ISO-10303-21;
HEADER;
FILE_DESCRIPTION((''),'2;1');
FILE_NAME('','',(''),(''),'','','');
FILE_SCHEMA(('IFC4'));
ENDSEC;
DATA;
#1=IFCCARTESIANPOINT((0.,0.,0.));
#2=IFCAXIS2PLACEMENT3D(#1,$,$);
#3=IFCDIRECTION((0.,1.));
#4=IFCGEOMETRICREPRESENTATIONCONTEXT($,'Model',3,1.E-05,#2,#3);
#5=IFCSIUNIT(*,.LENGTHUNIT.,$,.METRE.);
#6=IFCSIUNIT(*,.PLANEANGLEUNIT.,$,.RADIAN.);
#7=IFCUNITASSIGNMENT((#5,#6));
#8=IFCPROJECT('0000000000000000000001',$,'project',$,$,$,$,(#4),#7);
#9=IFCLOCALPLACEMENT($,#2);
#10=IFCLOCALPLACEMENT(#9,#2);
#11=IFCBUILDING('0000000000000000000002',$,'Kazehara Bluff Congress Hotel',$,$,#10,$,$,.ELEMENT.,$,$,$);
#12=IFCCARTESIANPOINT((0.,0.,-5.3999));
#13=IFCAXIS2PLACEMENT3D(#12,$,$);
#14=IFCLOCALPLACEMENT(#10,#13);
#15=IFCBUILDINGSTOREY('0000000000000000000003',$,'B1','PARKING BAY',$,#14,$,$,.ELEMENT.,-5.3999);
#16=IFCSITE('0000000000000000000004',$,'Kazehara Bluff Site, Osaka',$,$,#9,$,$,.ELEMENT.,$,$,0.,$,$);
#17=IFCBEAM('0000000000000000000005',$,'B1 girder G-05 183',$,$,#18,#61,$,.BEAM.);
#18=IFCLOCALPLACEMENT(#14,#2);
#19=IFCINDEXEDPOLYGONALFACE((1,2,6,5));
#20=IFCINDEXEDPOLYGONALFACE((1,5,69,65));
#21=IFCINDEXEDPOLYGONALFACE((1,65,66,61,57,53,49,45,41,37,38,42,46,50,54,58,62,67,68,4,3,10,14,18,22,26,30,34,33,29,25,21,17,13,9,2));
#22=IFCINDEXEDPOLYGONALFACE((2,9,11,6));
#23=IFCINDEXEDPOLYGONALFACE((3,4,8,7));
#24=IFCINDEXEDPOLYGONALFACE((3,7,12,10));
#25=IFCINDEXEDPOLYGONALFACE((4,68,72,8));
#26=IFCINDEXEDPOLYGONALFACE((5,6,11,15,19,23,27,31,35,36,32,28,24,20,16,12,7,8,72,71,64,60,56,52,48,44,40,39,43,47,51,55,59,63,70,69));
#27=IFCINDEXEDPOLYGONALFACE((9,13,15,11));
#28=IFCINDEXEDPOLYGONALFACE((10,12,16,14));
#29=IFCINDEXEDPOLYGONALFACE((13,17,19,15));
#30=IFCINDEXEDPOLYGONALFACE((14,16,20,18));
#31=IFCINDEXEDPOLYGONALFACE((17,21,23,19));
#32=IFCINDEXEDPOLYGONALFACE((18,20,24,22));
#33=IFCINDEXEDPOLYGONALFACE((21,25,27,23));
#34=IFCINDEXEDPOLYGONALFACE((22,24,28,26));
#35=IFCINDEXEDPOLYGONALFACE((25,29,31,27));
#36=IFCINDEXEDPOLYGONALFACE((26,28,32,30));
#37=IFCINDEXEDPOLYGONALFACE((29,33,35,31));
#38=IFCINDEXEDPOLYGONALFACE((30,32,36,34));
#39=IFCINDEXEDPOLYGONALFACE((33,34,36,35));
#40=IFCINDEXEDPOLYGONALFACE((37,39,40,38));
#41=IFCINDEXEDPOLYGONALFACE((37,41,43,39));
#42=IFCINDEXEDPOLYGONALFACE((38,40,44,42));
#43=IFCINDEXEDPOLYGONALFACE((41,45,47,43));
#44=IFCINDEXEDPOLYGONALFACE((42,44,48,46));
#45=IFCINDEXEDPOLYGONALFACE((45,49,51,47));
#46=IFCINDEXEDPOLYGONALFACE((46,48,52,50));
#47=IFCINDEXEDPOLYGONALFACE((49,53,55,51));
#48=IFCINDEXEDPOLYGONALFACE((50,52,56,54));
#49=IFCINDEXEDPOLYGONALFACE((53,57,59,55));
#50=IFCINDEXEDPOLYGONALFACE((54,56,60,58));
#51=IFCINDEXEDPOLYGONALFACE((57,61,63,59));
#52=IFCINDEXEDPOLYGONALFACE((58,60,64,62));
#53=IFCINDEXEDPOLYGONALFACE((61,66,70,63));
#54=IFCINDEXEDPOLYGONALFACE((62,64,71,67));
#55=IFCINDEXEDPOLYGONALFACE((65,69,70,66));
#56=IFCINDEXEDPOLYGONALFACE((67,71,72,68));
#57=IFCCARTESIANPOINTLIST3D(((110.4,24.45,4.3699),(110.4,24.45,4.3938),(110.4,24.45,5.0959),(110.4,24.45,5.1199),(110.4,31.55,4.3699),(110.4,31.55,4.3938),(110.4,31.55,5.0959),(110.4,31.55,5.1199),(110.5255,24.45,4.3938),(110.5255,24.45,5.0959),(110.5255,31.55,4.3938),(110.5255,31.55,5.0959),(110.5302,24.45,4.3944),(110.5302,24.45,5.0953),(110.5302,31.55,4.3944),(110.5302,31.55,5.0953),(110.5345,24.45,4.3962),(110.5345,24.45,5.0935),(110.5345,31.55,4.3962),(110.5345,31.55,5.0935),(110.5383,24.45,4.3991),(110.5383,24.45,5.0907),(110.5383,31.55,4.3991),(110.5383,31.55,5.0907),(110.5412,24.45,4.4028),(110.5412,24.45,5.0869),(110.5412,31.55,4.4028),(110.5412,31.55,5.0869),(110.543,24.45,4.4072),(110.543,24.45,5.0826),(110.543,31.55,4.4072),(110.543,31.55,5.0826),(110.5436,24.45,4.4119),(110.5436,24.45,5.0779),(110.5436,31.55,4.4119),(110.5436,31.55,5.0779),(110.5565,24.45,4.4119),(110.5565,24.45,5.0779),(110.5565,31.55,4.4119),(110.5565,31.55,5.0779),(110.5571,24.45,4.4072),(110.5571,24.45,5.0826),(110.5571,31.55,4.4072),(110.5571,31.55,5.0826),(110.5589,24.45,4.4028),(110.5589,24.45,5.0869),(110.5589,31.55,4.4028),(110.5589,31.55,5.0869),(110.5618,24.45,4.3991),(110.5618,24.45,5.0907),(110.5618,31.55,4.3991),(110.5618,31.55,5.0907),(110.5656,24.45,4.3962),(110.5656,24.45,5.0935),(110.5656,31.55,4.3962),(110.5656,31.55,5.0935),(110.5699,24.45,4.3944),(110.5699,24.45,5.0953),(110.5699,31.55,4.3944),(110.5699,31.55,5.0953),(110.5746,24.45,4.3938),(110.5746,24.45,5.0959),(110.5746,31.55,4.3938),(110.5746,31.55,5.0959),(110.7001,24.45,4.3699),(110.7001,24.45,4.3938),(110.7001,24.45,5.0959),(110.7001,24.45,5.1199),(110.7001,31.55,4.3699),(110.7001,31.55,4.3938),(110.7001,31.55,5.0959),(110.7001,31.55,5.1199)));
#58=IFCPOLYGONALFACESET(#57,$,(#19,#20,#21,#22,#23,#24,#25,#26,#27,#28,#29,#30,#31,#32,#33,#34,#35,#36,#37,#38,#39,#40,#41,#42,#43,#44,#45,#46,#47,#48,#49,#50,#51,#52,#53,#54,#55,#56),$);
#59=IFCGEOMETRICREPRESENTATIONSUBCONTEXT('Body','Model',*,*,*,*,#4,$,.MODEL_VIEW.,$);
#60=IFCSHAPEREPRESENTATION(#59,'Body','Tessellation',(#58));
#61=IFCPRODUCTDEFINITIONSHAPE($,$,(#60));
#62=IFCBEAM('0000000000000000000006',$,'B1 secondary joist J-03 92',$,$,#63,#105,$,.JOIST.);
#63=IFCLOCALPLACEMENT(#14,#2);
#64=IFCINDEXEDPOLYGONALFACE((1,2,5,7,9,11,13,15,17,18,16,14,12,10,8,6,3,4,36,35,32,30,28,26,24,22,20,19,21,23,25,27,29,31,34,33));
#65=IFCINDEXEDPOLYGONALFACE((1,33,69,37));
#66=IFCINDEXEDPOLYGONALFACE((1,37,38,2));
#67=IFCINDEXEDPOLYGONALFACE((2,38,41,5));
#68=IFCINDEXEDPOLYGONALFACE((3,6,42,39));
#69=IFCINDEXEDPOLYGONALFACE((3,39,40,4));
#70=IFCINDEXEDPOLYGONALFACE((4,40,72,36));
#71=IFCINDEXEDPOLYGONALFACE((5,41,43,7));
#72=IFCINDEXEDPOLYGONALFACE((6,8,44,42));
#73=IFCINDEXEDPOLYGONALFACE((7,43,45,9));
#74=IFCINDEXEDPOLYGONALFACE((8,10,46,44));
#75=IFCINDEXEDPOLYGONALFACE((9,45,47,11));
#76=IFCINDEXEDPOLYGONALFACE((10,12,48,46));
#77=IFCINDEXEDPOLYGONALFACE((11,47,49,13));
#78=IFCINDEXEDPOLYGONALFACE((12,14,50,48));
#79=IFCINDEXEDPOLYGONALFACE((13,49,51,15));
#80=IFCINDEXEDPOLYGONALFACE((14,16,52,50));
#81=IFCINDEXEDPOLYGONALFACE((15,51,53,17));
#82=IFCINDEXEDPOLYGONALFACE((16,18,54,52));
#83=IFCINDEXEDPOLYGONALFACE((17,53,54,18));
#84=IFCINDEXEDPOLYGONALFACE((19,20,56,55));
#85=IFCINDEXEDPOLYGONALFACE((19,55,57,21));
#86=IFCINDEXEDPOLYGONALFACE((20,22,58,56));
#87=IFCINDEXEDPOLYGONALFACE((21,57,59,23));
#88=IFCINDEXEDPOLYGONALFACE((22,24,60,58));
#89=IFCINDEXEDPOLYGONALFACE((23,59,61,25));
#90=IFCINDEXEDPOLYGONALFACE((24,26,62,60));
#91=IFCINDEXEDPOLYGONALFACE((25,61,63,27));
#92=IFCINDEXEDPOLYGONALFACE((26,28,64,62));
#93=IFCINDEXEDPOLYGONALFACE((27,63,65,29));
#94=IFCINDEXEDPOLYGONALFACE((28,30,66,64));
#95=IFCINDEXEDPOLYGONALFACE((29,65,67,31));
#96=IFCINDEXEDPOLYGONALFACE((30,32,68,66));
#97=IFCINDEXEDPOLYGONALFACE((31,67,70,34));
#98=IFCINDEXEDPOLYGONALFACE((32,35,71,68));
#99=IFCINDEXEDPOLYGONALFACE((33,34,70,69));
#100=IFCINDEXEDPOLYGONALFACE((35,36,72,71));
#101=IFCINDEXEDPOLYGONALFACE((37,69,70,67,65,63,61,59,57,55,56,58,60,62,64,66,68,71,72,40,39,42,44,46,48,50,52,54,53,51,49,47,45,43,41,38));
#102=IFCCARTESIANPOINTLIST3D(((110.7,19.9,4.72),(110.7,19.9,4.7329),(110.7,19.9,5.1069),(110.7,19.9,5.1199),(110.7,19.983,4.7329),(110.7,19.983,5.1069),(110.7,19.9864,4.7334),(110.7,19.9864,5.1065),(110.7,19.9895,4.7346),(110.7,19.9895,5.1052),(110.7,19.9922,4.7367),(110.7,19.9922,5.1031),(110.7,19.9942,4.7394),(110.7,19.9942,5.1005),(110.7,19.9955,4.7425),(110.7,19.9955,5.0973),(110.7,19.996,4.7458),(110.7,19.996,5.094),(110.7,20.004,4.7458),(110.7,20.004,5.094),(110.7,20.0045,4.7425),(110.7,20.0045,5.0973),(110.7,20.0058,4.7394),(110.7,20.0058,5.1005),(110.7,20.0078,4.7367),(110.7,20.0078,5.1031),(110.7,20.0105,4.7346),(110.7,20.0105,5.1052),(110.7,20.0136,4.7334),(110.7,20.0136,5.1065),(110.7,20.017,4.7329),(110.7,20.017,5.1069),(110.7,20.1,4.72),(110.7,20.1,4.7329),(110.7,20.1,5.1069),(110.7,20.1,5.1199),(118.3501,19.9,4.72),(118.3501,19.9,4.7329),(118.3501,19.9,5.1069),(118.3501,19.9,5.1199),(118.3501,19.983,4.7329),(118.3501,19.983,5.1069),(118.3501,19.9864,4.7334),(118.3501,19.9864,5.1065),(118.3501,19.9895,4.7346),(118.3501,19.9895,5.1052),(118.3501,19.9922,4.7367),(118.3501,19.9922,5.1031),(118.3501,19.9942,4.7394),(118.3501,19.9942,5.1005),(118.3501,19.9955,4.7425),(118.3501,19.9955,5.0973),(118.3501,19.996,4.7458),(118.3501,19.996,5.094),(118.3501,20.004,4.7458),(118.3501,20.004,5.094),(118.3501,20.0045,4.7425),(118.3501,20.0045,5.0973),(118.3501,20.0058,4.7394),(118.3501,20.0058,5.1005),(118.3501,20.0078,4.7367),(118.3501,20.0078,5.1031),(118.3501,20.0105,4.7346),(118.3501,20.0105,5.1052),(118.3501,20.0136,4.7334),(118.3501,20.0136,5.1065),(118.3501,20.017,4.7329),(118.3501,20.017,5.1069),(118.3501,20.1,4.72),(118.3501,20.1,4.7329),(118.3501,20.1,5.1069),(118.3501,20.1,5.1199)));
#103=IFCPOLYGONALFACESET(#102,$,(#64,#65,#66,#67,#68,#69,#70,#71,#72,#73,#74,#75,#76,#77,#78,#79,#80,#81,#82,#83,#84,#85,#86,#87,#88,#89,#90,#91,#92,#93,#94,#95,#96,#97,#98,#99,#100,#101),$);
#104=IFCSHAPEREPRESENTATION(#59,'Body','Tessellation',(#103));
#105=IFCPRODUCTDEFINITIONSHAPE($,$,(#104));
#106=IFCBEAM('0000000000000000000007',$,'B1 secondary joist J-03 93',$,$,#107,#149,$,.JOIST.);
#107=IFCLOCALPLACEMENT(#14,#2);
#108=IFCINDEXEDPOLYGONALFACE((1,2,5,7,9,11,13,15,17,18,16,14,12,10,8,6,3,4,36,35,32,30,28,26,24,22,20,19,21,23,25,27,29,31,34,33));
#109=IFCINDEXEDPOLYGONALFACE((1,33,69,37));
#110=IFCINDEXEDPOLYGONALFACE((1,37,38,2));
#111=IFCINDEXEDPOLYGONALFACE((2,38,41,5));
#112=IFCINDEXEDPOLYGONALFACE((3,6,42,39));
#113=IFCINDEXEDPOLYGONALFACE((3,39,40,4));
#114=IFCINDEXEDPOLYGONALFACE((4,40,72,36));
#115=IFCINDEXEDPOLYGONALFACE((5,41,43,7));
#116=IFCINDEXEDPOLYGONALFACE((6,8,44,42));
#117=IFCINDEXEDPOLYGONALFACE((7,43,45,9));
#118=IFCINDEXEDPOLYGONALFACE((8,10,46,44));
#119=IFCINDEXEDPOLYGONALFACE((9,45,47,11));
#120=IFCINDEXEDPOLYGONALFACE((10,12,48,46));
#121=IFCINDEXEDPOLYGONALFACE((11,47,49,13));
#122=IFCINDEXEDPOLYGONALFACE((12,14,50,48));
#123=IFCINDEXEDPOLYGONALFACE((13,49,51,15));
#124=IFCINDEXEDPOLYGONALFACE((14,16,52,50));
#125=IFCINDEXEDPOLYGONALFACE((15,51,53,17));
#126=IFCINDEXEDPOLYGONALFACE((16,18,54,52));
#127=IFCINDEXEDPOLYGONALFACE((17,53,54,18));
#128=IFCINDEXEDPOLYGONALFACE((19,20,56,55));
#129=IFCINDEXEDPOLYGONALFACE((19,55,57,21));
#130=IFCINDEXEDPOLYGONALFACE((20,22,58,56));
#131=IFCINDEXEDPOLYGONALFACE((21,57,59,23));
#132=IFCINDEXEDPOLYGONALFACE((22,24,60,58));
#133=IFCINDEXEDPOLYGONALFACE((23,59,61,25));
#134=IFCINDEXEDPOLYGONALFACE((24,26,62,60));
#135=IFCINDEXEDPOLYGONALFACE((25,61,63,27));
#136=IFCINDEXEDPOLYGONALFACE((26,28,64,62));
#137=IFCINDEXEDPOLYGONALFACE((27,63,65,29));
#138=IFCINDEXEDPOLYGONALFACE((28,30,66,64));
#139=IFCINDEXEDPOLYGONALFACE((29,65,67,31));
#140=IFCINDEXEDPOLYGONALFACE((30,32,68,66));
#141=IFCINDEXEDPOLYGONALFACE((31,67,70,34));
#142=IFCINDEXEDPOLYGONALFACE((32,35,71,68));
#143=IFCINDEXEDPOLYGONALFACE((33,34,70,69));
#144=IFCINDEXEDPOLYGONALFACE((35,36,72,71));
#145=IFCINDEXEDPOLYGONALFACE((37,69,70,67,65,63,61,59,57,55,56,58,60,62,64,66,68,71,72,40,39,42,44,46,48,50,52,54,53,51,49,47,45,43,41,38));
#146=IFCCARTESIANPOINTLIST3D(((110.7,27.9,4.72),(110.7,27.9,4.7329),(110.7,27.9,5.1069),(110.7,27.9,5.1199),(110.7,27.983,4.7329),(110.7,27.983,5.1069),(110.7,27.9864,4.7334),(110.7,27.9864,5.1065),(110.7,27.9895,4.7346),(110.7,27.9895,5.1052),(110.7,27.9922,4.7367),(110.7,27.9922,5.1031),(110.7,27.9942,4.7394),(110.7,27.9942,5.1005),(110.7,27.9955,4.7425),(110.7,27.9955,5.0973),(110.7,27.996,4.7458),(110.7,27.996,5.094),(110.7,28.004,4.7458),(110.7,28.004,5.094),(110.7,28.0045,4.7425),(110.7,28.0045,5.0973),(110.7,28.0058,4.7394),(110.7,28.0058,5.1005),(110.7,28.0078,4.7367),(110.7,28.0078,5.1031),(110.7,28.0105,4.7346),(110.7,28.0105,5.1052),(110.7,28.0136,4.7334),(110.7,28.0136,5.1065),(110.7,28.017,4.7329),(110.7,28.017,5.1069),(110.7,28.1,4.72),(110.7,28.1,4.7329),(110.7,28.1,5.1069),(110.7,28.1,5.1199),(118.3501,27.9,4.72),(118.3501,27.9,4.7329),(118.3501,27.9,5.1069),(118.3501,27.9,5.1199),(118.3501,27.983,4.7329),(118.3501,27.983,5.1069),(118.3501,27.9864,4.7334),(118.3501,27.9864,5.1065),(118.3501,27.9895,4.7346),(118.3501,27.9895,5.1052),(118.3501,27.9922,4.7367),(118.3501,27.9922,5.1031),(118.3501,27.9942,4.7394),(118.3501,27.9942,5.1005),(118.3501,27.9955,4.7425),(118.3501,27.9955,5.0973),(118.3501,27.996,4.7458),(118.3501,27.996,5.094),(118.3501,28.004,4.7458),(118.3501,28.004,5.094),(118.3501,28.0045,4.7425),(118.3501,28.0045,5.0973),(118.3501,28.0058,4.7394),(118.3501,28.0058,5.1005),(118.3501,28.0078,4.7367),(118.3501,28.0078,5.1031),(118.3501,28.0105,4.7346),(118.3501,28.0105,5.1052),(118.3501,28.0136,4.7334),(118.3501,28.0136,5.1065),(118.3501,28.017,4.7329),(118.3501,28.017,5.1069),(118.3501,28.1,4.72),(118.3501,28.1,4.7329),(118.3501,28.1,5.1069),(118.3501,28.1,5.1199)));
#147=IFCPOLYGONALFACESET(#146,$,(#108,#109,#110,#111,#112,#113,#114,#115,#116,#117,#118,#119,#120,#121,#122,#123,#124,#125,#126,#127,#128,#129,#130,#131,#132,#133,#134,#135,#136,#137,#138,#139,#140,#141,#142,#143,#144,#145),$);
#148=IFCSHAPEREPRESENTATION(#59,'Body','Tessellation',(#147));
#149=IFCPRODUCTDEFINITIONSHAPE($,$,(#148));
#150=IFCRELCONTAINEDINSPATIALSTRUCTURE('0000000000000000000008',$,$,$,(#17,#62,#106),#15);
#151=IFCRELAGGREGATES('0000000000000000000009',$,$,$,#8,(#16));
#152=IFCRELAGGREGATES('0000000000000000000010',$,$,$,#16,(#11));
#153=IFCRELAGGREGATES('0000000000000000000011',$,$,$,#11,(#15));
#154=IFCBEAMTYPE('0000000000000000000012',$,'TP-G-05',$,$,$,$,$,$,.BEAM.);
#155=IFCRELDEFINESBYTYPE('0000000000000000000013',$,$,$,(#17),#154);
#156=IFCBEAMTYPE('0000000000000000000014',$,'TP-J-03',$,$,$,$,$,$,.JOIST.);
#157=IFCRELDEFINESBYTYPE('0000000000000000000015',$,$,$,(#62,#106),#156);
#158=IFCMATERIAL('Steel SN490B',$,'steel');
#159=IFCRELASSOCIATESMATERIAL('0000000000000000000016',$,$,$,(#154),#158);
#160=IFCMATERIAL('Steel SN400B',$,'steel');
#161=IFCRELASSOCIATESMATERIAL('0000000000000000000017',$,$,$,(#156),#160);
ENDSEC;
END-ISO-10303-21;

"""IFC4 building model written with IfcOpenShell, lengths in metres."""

from ifc_helpers import new_model, si_unit, direction, frame, origin, origin_2d, place, context, subcontext, project, spatial, i_section, extrude, material, material_profile, profile_set, type_object, element, save


model = new_model("IFC4")

# Units and contexts
model_context = context("Model", 3, precision=1e-05, world=origin(), true_north=direction((0.0, 1.0)))
body_context = subcontext(model_context, "Body", "Model", "MODEL_VIEW")
ifc_project = project(units=[si_unit("LENGTHUNIT", "METRE"), si_unit("PLANEANGLEUNIT", "RADIAN")], contexts=[model_context])

# Site, building, storey
site_placement = place(None, origin())
site = spatial("IfcSite", under=ifc_project, at=site_placement, Name="Kazehara Bluff Site, Osaka", CompositionType="ELEMENT", RefElevation=0.0)
building_placement = place(site_placement, origin())
building = spatial("IfcBuilding", under=site, at=building_placement, Name="Kazehara Bluff Congress Hotel", CompositionType="ELEMENT")
storey_placement = place(building_placement, frame((0.0, 0.0, -5.3999)))
storey = spatial("IfcBuildingStorey", under=building, at=storey_placement, Name="B1", Description="PARKING BAY", CompositionType="ELEMENT", Elevation=-5.3999)

# Beams
ifc_material_1 = material(Name="Steel SN490B", Category="steel")
ifc_material_profile_1 = material_profile(ifc_material_1, i_section(OverallWidth=0.3, OverallDepth=0.75, WebThickness=0.0129, FlangeThickness=0.0239, FilletRadius=0.0181, at=origin_2d()))
ifc_profile_set_1 = profile_set([ifc_material_profile_1], Name="Steel SN490B")
beam_type_1 = type_object("IfcBeamType", Name="TP-G-05", PredefinedType="BEAM", material=ifc_profile_set_1)
beam_1_placement = place(storey_placement, frame((110.55, 24.45, 4.7449), z_axis=(0.0, 1.0, 0.0), x_axis=(-1.0, 0.0, 0.0)))
element("IfcBeam", 1, at=beam_1_placement, inside=storey, type_object=beam_type_1, Name="B1 girder G-05 183", PredefinedType="BEAM", context=body_context, shape_type="SweptSolid", body=[
    extrude(i_section(OverallWidth=0.3, OverallDepth=0.75, WebThickness=0.0129, FlangeThickness=0.0239, FilletRadius=0.0181, at=origin_2d()), origin(), (0.0, 0.0, 1.0), 7.1001),
])
ifc_material_2 = material(Name="Steel SN400B", Category="steel")
ifc_material_profile_2 = material_profile(ifc_material_2, i_section(OverallWidth=0.2, OverallDepth=0.3999, WebThickness=0.0081, FlangeThickness=0.0129, FilletRadius=0.0129, at=origin_2d()))
ifc_profile_set_2 = profile_set([ifc_material_profile_2], Name="Steel SN400B")
beam_type_2 = type_object("IfcBeamType", Name="TP-J-03", PredefinedType="JOIST", material=ifc_profile_set_2)
for number, where, z_axis, x_axis, name in (
    (2, (110.7, 20.0, 4.9199), (1.0, 0.0, 0.0), (0.0, 1.0, 0.0), "B1 secondary joist J-03 92"),
    (3, (110.7, 28.0, 4.9199), (1.0, 0.0, 0.0), (0.0, 1.0, 0.0), "B1 secondary joist J-03 93"),
):
    element("IfcBeam", number, at=place(storey_placement, frame(where, z_axis=z_axis, x_axis=x_axis)), inside=storey, type_object=beam_type_2, Name=name, PredefinedType="JOIST", context=body_context, shape_type="SweptSolid", body=[
        extrude(i_section(OverallWidth=0.2, OverallDepth=0.3999, WebThickness=0.0081, FlangeThickness=0.0129, FilletRadius=0.0129, at=origin_2d()), origin(), (0.0, 0.0, 1.0), 7.6501),
    ])

save(model, "model.ifc")
